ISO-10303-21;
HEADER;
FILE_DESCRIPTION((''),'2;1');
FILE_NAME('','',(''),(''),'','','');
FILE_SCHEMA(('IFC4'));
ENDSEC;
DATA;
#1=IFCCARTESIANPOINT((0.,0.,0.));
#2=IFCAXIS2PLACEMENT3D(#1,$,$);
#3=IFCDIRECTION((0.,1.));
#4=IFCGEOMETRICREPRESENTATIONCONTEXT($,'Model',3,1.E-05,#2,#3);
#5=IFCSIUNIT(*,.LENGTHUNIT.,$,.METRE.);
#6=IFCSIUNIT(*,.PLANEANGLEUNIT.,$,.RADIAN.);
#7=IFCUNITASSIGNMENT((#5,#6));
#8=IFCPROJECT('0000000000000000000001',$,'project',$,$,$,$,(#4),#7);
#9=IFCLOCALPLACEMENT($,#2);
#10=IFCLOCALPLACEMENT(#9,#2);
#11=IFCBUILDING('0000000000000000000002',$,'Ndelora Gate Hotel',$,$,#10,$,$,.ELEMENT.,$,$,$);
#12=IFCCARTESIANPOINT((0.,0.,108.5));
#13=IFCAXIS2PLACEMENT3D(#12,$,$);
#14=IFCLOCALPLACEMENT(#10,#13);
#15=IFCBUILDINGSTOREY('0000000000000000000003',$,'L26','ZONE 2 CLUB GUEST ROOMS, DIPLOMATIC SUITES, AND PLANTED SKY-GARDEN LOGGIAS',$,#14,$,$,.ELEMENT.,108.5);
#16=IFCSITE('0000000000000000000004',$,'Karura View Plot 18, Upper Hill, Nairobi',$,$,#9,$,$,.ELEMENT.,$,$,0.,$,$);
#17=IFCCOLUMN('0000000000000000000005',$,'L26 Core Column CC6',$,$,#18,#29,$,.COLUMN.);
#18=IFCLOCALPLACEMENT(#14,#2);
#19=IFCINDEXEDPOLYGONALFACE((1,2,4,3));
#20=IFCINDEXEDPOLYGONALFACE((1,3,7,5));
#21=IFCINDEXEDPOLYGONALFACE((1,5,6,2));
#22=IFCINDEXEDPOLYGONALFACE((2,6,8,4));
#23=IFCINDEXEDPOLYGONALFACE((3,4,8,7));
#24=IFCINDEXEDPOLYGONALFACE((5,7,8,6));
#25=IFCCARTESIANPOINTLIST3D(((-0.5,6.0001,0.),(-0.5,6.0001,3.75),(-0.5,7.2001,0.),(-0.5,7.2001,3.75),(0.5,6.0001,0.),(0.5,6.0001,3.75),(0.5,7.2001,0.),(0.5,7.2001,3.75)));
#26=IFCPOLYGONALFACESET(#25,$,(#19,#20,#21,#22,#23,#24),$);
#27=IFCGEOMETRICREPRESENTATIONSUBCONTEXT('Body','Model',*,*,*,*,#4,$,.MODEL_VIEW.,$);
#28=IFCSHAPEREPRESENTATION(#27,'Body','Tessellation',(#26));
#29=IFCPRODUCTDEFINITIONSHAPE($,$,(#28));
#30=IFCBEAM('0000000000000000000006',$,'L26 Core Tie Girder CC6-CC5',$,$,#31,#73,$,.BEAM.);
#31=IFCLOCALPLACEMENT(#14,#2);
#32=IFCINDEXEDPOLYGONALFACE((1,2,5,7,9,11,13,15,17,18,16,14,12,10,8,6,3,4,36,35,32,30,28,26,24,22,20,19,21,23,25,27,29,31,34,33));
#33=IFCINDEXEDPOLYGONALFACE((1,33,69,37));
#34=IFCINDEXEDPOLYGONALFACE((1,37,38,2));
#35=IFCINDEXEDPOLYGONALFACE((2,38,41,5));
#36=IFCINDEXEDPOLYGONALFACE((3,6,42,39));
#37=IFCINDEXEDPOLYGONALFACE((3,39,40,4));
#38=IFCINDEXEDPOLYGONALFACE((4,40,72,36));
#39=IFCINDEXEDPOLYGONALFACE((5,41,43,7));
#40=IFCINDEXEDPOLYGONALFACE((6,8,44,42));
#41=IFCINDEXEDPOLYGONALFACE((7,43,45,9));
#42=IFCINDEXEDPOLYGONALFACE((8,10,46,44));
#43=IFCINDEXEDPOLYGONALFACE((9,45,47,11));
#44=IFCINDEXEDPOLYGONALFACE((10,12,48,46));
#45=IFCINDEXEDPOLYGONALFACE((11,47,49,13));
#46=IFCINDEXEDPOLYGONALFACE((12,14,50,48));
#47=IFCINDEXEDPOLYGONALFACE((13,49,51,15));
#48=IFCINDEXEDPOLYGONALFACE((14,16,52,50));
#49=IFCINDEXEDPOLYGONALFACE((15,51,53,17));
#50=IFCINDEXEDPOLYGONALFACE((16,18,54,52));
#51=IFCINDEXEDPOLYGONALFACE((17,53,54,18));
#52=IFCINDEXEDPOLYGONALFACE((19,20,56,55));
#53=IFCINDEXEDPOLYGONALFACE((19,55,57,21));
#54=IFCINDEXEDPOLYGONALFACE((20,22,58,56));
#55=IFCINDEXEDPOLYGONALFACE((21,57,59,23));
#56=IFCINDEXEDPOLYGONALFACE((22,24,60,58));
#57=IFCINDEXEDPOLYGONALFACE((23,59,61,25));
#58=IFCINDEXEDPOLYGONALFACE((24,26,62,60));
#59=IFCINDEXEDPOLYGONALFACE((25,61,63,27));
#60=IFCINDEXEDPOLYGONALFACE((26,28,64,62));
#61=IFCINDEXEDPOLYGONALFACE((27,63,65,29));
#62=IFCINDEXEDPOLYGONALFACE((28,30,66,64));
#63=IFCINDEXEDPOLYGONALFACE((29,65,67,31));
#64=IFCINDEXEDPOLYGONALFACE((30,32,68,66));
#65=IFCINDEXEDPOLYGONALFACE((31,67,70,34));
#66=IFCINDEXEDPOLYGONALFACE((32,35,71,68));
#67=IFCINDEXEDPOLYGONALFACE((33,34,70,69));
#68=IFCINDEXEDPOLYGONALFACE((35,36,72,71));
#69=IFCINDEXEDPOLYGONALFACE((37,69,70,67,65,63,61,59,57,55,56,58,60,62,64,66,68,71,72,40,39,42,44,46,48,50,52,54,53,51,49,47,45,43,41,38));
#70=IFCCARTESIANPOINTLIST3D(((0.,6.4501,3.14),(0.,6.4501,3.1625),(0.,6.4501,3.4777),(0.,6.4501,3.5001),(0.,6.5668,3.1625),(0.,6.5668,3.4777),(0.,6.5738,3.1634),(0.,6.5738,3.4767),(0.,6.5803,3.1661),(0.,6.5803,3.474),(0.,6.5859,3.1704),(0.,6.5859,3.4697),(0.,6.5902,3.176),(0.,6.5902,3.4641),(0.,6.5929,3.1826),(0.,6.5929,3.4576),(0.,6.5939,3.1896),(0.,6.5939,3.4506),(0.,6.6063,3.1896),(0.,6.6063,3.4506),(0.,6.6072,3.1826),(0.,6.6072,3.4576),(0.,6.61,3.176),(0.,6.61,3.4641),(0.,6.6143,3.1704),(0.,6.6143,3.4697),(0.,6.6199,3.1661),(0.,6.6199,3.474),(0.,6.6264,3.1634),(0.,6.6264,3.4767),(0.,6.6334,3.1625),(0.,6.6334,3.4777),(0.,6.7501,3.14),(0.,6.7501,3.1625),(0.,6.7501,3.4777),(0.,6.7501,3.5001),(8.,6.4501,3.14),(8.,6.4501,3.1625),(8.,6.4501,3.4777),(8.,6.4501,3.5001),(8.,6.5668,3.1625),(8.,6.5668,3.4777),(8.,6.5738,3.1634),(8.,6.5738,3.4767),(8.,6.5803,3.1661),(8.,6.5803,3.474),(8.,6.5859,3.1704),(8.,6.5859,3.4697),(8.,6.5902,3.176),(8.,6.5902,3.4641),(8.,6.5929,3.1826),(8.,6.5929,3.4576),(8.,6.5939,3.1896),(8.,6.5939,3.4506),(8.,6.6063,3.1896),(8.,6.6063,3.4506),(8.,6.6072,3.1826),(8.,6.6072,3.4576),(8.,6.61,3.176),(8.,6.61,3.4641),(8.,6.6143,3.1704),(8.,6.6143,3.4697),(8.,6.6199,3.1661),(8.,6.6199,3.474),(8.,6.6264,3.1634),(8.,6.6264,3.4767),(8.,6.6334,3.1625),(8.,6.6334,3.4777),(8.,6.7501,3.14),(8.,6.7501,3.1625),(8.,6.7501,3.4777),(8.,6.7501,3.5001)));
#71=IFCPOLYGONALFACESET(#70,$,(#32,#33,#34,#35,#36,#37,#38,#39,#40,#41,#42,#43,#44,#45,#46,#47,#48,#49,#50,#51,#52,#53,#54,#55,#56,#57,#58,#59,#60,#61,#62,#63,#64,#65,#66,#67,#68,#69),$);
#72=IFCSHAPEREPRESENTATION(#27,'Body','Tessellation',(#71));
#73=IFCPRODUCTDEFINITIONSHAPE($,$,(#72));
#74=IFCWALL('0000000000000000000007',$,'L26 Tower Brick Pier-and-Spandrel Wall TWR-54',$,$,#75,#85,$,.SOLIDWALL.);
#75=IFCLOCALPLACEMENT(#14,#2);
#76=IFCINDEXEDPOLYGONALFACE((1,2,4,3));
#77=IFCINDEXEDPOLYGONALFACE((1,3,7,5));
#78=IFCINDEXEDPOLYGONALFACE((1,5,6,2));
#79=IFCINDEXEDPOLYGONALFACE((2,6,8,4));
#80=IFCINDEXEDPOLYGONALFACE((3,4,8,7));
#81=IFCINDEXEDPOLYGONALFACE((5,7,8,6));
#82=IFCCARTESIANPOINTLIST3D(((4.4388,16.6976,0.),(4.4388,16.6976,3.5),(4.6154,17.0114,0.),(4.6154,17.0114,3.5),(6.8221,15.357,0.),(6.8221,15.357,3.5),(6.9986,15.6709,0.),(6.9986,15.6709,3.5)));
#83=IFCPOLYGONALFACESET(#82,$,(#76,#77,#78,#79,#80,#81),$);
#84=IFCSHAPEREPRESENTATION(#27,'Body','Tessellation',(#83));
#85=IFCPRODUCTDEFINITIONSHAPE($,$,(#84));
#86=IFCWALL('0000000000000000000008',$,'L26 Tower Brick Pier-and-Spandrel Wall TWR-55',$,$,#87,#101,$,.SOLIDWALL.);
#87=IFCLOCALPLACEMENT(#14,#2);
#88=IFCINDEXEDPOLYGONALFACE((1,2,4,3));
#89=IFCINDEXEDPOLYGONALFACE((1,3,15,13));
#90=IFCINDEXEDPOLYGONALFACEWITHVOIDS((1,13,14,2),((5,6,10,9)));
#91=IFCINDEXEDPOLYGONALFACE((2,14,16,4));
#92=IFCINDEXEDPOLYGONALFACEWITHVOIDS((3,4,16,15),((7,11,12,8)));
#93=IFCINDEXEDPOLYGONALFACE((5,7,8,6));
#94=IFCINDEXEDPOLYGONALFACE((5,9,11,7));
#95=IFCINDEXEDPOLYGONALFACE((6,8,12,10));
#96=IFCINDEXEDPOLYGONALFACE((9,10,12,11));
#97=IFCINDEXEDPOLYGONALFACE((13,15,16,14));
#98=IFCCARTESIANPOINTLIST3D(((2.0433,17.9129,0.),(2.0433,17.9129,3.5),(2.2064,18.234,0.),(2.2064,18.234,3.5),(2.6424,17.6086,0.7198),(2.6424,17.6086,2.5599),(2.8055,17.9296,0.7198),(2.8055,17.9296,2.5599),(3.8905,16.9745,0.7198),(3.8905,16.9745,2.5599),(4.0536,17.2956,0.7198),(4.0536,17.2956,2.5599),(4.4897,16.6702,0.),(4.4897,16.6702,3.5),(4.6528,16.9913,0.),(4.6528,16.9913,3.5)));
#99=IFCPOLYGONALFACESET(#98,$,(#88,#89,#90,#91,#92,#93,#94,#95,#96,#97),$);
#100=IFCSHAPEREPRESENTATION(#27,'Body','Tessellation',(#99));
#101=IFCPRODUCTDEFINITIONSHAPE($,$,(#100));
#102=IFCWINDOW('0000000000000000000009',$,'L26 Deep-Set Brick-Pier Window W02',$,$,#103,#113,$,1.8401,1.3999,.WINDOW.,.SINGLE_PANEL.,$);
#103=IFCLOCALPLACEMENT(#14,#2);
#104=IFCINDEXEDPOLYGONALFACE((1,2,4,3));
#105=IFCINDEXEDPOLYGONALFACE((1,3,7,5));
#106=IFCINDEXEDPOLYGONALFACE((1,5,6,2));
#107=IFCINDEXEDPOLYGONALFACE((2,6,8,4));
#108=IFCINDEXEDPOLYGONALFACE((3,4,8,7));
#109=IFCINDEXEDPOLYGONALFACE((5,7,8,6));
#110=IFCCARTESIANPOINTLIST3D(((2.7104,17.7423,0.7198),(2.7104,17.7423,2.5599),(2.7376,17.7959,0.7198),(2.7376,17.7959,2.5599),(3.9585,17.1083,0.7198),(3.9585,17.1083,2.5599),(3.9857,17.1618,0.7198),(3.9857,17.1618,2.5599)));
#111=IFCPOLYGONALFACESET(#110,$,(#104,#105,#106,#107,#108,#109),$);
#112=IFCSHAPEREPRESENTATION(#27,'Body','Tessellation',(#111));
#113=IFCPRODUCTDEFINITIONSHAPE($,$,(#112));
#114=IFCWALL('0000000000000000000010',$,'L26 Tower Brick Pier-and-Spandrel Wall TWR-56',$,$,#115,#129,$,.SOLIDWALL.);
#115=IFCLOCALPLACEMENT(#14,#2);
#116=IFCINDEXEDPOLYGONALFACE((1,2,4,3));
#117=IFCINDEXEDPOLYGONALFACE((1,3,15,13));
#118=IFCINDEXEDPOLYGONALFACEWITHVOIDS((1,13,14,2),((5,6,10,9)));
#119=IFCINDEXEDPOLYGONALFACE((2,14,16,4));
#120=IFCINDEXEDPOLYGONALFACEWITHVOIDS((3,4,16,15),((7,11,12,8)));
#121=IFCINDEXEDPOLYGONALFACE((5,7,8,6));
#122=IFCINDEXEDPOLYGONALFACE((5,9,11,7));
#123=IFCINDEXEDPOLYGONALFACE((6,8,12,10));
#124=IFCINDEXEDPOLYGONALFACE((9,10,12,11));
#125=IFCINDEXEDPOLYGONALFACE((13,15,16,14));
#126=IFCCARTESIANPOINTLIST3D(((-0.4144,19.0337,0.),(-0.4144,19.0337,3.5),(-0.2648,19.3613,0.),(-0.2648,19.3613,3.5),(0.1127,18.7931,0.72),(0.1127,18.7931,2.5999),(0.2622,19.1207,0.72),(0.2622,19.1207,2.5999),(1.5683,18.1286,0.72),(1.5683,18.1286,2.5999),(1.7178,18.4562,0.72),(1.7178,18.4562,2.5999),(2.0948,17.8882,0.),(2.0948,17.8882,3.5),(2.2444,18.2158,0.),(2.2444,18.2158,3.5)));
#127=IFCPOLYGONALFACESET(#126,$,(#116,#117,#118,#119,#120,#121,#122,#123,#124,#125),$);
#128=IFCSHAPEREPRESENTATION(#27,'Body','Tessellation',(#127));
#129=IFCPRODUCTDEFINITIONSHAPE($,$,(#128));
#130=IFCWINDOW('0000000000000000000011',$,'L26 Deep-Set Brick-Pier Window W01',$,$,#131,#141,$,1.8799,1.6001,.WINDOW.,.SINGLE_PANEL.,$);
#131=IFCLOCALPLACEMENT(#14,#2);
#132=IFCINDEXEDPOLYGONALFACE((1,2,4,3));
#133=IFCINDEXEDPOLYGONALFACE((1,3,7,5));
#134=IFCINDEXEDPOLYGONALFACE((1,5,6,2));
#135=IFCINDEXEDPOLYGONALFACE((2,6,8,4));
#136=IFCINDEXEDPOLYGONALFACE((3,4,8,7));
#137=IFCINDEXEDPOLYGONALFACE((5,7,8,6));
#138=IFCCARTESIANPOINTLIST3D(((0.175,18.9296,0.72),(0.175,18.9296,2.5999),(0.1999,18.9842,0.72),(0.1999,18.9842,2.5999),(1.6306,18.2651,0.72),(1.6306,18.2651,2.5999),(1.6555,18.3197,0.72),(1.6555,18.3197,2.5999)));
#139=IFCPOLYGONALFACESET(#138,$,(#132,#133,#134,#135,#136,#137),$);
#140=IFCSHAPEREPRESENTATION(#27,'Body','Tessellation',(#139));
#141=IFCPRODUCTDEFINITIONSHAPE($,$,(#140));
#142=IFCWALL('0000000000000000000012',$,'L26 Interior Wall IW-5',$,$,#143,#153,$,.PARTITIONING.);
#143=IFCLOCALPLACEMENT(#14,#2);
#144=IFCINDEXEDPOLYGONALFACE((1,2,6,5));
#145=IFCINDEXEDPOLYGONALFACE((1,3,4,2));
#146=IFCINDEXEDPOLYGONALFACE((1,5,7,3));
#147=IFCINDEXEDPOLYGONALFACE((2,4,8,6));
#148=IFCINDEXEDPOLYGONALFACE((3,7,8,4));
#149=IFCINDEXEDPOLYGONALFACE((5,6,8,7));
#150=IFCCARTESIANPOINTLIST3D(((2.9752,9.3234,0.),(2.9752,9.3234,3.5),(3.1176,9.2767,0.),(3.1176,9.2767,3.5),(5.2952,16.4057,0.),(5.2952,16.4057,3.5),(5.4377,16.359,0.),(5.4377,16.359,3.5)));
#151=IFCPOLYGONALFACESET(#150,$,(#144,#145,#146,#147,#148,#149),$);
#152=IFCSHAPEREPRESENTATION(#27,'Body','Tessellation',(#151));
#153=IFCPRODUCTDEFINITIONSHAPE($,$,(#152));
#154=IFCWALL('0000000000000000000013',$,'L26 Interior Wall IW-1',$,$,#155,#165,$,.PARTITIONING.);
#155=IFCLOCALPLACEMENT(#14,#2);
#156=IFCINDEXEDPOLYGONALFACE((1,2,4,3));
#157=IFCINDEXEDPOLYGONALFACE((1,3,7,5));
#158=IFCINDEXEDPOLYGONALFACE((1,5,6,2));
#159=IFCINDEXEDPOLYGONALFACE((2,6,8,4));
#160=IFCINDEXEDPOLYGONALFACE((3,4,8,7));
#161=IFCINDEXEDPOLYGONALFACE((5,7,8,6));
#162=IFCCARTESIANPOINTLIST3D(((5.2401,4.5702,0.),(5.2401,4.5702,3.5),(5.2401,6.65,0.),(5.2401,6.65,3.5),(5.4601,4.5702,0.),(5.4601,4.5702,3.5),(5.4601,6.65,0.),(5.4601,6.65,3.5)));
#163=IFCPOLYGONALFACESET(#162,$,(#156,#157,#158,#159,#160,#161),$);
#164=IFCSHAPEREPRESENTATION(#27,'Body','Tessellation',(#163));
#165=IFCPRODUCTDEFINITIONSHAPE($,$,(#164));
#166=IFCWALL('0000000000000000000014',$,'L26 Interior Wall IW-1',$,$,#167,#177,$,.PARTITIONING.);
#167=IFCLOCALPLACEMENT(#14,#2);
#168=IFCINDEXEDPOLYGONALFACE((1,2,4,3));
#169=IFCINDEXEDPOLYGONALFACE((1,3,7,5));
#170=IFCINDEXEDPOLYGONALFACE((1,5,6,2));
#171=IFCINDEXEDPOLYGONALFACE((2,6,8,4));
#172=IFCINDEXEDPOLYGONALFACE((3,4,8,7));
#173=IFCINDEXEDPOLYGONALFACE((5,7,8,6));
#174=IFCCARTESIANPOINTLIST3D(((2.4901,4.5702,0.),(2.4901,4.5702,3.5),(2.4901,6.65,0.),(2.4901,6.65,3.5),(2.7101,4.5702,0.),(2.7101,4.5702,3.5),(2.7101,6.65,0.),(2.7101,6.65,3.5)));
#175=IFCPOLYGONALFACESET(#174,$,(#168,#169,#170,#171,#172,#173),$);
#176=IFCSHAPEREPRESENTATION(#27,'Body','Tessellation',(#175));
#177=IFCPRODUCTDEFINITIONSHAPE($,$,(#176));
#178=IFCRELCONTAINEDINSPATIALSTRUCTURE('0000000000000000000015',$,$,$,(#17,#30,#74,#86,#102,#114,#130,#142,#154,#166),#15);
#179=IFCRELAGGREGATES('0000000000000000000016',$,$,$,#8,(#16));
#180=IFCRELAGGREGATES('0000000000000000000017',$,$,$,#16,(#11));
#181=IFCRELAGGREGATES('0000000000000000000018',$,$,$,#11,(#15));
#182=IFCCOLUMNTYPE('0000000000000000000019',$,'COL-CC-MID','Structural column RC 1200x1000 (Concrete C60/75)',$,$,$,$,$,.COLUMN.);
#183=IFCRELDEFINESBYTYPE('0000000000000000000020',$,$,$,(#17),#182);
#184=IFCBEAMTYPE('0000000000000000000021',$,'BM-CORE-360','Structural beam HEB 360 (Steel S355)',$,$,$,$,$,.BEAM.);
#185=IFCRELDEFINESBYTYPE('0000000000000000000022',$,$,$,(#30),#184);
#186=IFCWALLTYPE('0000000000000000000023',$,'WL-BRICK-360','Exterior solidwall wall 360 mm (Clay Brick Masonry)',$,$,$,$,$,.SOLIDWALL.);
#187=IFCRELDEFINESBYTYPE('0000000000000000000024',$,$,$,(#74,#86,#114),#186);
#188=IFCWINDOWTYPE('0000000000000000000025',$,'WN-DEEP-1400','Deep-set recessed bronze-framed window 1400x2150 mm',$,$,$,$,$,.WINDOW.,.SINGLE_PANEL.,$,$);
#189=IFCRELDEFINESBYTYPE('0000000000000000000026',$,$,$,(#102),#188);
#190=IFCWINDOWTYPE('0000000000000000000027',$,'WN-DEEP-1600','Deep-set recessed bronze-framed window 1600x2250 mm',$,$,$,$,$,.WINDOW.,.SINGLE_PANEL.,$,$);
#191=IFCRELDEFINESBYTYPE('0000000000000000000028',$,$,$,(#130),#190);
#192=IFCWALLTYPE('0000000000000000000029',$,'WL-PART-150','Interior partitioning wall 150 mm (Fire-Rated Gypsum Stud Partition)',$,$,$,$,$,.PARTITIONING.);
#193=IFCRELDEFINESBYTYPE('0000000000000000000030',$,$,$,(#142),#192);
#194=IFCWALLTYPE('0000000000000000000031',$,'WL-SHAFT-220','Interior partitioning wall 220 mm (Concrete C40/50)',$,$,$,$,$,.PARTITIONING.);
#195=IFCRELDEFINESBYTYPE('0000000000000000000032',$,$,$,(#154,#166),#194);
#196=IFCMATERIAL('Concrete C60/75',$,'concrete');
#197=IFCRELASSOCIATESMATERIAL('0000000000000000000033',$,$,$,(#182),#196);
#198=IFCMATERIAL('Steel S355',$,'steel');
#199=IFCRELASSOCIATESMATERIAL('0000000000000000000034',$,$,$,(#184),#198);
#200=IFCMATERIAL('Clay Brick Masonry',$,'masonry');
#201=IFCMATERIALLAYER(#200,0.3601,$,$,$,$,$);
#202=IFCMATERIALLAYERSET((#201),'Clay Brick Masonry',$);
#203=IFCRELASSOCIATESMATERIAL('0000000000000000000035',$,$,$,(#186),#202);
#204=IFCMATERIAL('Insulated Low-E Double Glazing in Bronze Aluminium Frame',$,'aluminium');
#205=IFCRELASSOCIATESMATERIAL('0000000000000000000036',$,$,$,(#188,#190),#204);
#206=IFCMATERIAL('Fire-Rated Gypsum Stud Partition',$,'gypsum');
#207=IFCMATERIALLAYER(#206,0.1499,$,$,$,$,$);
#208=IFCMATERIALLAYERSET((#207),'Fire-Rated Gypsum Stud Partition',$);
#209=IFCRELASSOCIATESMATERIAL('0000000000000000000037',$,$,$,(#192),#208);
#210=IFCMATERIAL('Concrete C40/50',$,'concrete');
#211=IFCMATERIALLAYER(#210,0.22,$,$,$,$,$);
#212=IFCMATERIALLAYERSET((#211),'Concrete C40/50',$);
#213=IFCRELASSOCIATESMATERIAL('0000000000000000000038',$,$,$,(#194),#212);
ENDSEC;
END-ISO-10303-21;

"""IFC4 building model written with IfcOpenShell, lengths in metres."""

from ifc_helpers import new_model, si_unit, direction, frame, frame_2d, origin, origin_2d, place, context, subcontext, project, spatial, rectangle, i_section, extrude, material, layer, layer_set, material_profile, profile_set, type_object, element, fill, save


model = new_model("IFC4")

# Units and contexts
model_context = context("Model", 3, precision=1e-05, world=origin(), true_north=direction((0.0, 1.0)))
body_context = subcontext(model_context, "Body", "Model", "MODEL_VIEW")
ifc_project = project(units=[si_unit("LENGTHUNIT", "METRE"), si_unit("PLANEANGLEUNIT", "RADIAN")], contexts=[model_context])

# Site, building, storey
site_placement = place(None, origin())
site = spatial("IfcSite", under=ifc_project, at=site_placement, Name="Karura View Plot 18, Upper Hill, Nairobi", CompositionType="ELEMENT", RefElevation=0.0)
building_placement = place(site_placement, origin())
building = spatial("IfcBuilding", under=site, at=building_placement, Name="Ndelora Gate Hotel", CompositionType="ELEMENT")
storey_placement = place(building_placement, frame((0.0, 0.0, 108.5)))
storey = spatial("IfcBuildingStorey", under=building, at=storey_placement, Name="L26", Description="ZONE 2 CLUB GUEST ROOMS, DIPLOMATIC SUITES, AND PLANTED SKY-GARDEN LOGGIAS", CompositionType="ELEMENT", Elevation=108.5)

# Column
ifc_material_1 = material(Name="Concrete C60/75", Category="concrete")
ifc_material_profile_1 = material_profile(ifc_material_1, rectangle(XDim=1.0, YDim=1.2, at=origin_2d()), Name="RC 1200x1000")
ifc_profile_set_1 = profile_set([ifc_material_profile_1], Name="Concrete C60/75")
column_type = type_object("IfcColumnType", Name="COL-CC-MID", Description="Structural column RC 1200x1000 (Concrete C60/75)", PredefinedType="COLUMN", material=ifc_profile_set_1)
column_placement = place(storey_placement, frame((0.0, 6.6001, 0.0), z_axis=(0.0, 0.0, 1.0), x_axis=(1.0, 0.0, 0.0)))
element("IfcColumn", 1, at=column_placement, inside=storey, type_object=column_type, Name="L26 Core Column CC6", PredefinedType="COLUMN", context=body_context, shape_type="SweptSolid", body=[
    extrude(rectangle(XDim=1.0, YDim=1.2, at=origin_2d()), origin(), (0.0, 0.0, 1.0), 3.75),
])

# Beam
ifc_material_2 = material(Name="Steel S355", Category="steel")
ifc_material_profile_2 = material_profile(ifc_material_2, i_section(OverallWidth=0.3, OverallDepth=0.3601, WebThickness=0.0125, FlangeThickness=0.0225, FilletRadius=0.0271, at=origin_2d()), Name="HEB 360")
ifc_profile_set_2 = profile_set([ifc_material_profile_2], Name="Steel S355")
beam_type = type_object("IfcBeamType", Name="BM-CORE-360", Description="Structural beam HEB 360 (Steel S355)", PredefinedType="BEAM", material=ifc_profile_set_2)
beam_placement = place(storey_placement, frame((0.0, 6.6001, 3.3201), z_axis=(1.0, 0.0, 0.0), x_axis=(0.0, 1.0, 0.0)))
element("IfcBeam", 2, at=beam_placement, inside=storey, type_object=beam_type, Name="L26 Core Tie Girder CC6-CC5", PredefinedType="BEAM", context=body_context, shape_type="SweptSolid", body=[
    extrude(i_section(OverallWidth=0.3, OverallDepth=0.3601, WebThickness=0.0125, FlangeThickness=0.0225, FilletRadius=0.0271, at=origin_2d()), origin(), (0.0, 0.0, 1.0), 8.0),
])

# Wall
ifc_material_3 = material(Name="Clay Brick Masonry", Category="masonry")
ifc_layer_1 = layer(ifc_material_3, 0.3601)
ifc_layer_set_1 = layer_set([ifc_layer_1], Name="Clay Brick Masonry")
wall_type_1 = type_object("IfcWallType", Name="WL-BRICK-360", Description="Exterior solidwall wall 360 mm (Clay Brick Masonry)", PredefinedType="SOLIDWALL", material=ifc_layer_set_1)
wall_1_placement = place(storey_placement, frame((4.5271, 16.8545, 0.0), z_axis=(0.0, 0.0, 1.0), x_axis=(0.87158, -0.490253, 0.0)))
element("IfcWall", 3, at=wall_1_placement, inside=storey, type_object=wall_type_1, Name="L26 Tower Brick Pier-and-Spandrel Wall TWR-54", PredefinedType="SOLIDWALL", context=body_context, shape_type="SweptSolid", body=[
    extrude(rectangle(XDim=2.7344, YDim=0.3601, at=frame_2d((1.3672, 0.0))), origin(), (0.0, 0.0, 1.0), 3.5),
])

# Walls, openings, windows
wall_2_placement = place(storey_placement, frame((2.1248, 18.0735, 0.0), z_axis=(0.0, 0.0, 1.0), x_axis=(0.891562, -0.452899, 0.0)))
wall_2 = element("IfcWall", 4, at=wall_2_placement, inside=storey, type_object=wall_type_1, Name="L26 Tower Brick Pier-and-Spandrel Wall TWR-55", PredefinedType="SOLIDWALL", context=body_context, shape_type="SweptSolid", body=[
    extrude(rectangle(XDim=2.7439, YDim=0.3601, at=frame_2d((1.3721, 0.0))), origin(), (0.0, 0.0, 1.0), 3.5),
])
opening_1_placement = place(wall_2_placement, frame((0.6721, 0.0, 0.72)))
opening_1 = element("IfcOpeningElement", 5, at=opening_1_placement, cuts=wall_2, PredefinedType="OPENING", context=body_context, shape_type="SweptSolid", body=[
    extrude(rectangle(XDim=1.3999, YDim=1.8401, at=frame_2d((0.7, 0.9199))), frame((0.0, 0.1899, 0.0), z_axis=(0.0, -1.0, 0.0), x_axis=(1.0, 0.0, 0.0)), (0.0, 0.0, 1.0), 0.3801),
])
ifc_material_4 = material(Name="Insulated Low-E Double Glazing in Bronze Aluminium Frame", Category="aluminium")
window_type_1 = type_object("IfcWindowType", Name="WN-DEEP-1400", Description="Deep-set recessed bronze-framed window 1400x2150 mm", PartitioningType="SINGLE_PANEL", PredefinedType="WINDOW", material=ifc_material_4)
window_1_placement = place(opening_1_placement, origin())
window_1 = element("IfcWindow", 6, at=window_1_placement, inside=storey, type_object=window_type_1, Name="L26 Deep-Set Brick-Pier Window W02", OverallHeight=1.8401, OverallWidth=1.3999, PartitioningType="SINGLE_PANEL", PredefinedType="WINDOW", context=body_context, shape_type="SweptSolid", body=[
    extrude(rectangle(XDim=1.3999, YDim=1.8401, at=frame_2d((0.7, 0.9199))), frame((0.0, 0.03, 0.0), z_axis=(0.0, -1.0, 0.0), x_axis=(1.0, 0.0, 0.0)), (0.0, 0.0, 1.0), 0.0601),
])
fill(opening_1, window_1)
wall_3_placement = place(storey_placement, frame((-0.3396, 19.1975, 0.0), z_axis=(0.0, 0.0, 1.0), x_axis=(0.909692, -0.415283, 0.0)))
wall_3 = element("IfcWall", 7, at=wall_3_placement, inside=storey, type_object=wall_type_1, Name="L26 Tower Brick Pier-and-Spandrel Wall TWR-56", PredefinedType="SOLIDWALL", context=body_context, shape_type="SweptSolid", body=[
    extrude(rectangle(XDim=2.7583, YDim=0.3601, at=frame_2d((1.3792, 0.0))), origin(), (0.0, 0.0, 1.0), 3.5),
])
opening_2_placement = place(wall_3_placement, frame((0.5793, 0.0, 0.72)))
opening_2 = element("IfcOpeningElement", 8, at=opening_2_placement, cuts=wall_3, PredefinedType="OPENING", context=body_context, shape_type="SweptSolid", body=[
    extrude(rectangle(XDim=1.6001, YDim=1.8799, at=frame_2d((0.8, 0.9399))), frame((0.0, 0.1899, 0.0), z_axis=(0.0, -1.0, 0.0), x_axis=(1.0, 0.0, 0.0)), (0.0, 0.0, 1.0), 0.3801),
])
window_type_2 = type_object("IfcWindowType", Name="WN-DEEP-1600", Description="Deep-set recessed bronze-framed window 1600x2250 mm", PartitioningType="SINGLE_PANEL", PredefinedType="WINDOW", material=ifc_material_4)
window_2_placement = place(opening_2_placement, origin())
window_2 = element("IfcWindow", 9, at=window_2_placement, inside=storey, type_object=window_type_2, Name="L26 Deep-Set Brick-Pier Window W01", OverallHeight=1.8799, OverallWidth=1.6001, PartitioningType="SINGLE_PANEL", PredefinedType="WINDOW", context=body_context, shape_type="SweptSolid", body=[
    extrude(rectangle(XDim=1.6001, YDim=1.8799, at=frame_2d((0.8, 0.9399))), frame((0.0, 0.03, 0.0), z_axis=(0.0, -1.0, 0.0), x_axis=(1.0, 0.0, 0.0)), (0.0, 0.0, 1.0), 0.0601),
])
fill(opening_2, window_2)

# Wall
ifc_material_5 = material(Name="Fire-Rated Gypsum Stud Partition", Category="gypsum")
ifc_layer_2 = layer(ifc_material_5, 0.1499)
ifc_layer_set_2 = layer_set([ifc_layer_2], Name="Fire-Rated Gypsum Stud Partition")
wall_type_2 = type_object("IfcWallType", Name="WL-PART-150", Description="Interior partitioning wall 150 mm (Fire-Rated Gypsum Stud Partition)", PredefinedType="PARTITIONING", material=ifc_layer_set_2)
wall_4_placement = place(storey_placement, frame((3.0464, 9.3, 0.0), z_axis=(0.0, 0.0, 1.0), x_axis=(0.31131, 0.950309, 0.0)))
element("IfcWall", 10, at=wall_4_placement, inside=storey, type_object=wall_type_2, Name="L26 Interior Wall IW-5", PredefinedType="PARTITIONING", context=body_context, shape_type="SweptSolid", body=[
    extrude(rectangle(XDim=7.4526, YDim=0.1499, at=frame_2d((3.7263, 0.0))), origin(), (0.0, 0.0, 1.0), 3.5),
])

# Shared definitions
ifc_material_6 = material(Name="Concrete C40/50", Category="concrete")
ifc_layer_3 = layer(ifc_material_6, 0.22)
ifc_layer_set_3 = layer_set([ifc_layer_3], Name="Concrete C40/50")
wall_type_3 = type_object("IfcWallType", Name="WL-SHAFT-220", Description="Interior partitioning wall 220 mm (Concrete C40/50)", PredefinedType="PARTITIONING", material=ifc_layer_set_3)

# Walls
for number, where, z_axis, x_axis, name in (
    (11, (5.3501, 4.5701, 0.0), (0.0, 0.0, 1.0), (0.0, 1.0, 0.0), "L26 Interior Wall IW-1"),
    (12, (2.6001, 4.5701, 0.0), (0.0, 0.0, 1.0), (0.0, 1.0, 0.0), "L26 Interior Wall IW-1"),
):
    element("IfcWall", number, at=place(storey_placement, frame(where, z_axis=z_axis, x_axis=x_axis)), inside=storey, type_object=wall_type_3, Name=name, PredefinedType="PARTITIONING", context=body_context, shape_type="SweptSolid", body=[
        extrude(rectangle(XDim=2.0798, YDim=0.22, at=frame_2d((1.04, 0.0))), origin(), (0.0, 0.0, 1.0), 3.5),
    ])

save(model, "model.ifc")
